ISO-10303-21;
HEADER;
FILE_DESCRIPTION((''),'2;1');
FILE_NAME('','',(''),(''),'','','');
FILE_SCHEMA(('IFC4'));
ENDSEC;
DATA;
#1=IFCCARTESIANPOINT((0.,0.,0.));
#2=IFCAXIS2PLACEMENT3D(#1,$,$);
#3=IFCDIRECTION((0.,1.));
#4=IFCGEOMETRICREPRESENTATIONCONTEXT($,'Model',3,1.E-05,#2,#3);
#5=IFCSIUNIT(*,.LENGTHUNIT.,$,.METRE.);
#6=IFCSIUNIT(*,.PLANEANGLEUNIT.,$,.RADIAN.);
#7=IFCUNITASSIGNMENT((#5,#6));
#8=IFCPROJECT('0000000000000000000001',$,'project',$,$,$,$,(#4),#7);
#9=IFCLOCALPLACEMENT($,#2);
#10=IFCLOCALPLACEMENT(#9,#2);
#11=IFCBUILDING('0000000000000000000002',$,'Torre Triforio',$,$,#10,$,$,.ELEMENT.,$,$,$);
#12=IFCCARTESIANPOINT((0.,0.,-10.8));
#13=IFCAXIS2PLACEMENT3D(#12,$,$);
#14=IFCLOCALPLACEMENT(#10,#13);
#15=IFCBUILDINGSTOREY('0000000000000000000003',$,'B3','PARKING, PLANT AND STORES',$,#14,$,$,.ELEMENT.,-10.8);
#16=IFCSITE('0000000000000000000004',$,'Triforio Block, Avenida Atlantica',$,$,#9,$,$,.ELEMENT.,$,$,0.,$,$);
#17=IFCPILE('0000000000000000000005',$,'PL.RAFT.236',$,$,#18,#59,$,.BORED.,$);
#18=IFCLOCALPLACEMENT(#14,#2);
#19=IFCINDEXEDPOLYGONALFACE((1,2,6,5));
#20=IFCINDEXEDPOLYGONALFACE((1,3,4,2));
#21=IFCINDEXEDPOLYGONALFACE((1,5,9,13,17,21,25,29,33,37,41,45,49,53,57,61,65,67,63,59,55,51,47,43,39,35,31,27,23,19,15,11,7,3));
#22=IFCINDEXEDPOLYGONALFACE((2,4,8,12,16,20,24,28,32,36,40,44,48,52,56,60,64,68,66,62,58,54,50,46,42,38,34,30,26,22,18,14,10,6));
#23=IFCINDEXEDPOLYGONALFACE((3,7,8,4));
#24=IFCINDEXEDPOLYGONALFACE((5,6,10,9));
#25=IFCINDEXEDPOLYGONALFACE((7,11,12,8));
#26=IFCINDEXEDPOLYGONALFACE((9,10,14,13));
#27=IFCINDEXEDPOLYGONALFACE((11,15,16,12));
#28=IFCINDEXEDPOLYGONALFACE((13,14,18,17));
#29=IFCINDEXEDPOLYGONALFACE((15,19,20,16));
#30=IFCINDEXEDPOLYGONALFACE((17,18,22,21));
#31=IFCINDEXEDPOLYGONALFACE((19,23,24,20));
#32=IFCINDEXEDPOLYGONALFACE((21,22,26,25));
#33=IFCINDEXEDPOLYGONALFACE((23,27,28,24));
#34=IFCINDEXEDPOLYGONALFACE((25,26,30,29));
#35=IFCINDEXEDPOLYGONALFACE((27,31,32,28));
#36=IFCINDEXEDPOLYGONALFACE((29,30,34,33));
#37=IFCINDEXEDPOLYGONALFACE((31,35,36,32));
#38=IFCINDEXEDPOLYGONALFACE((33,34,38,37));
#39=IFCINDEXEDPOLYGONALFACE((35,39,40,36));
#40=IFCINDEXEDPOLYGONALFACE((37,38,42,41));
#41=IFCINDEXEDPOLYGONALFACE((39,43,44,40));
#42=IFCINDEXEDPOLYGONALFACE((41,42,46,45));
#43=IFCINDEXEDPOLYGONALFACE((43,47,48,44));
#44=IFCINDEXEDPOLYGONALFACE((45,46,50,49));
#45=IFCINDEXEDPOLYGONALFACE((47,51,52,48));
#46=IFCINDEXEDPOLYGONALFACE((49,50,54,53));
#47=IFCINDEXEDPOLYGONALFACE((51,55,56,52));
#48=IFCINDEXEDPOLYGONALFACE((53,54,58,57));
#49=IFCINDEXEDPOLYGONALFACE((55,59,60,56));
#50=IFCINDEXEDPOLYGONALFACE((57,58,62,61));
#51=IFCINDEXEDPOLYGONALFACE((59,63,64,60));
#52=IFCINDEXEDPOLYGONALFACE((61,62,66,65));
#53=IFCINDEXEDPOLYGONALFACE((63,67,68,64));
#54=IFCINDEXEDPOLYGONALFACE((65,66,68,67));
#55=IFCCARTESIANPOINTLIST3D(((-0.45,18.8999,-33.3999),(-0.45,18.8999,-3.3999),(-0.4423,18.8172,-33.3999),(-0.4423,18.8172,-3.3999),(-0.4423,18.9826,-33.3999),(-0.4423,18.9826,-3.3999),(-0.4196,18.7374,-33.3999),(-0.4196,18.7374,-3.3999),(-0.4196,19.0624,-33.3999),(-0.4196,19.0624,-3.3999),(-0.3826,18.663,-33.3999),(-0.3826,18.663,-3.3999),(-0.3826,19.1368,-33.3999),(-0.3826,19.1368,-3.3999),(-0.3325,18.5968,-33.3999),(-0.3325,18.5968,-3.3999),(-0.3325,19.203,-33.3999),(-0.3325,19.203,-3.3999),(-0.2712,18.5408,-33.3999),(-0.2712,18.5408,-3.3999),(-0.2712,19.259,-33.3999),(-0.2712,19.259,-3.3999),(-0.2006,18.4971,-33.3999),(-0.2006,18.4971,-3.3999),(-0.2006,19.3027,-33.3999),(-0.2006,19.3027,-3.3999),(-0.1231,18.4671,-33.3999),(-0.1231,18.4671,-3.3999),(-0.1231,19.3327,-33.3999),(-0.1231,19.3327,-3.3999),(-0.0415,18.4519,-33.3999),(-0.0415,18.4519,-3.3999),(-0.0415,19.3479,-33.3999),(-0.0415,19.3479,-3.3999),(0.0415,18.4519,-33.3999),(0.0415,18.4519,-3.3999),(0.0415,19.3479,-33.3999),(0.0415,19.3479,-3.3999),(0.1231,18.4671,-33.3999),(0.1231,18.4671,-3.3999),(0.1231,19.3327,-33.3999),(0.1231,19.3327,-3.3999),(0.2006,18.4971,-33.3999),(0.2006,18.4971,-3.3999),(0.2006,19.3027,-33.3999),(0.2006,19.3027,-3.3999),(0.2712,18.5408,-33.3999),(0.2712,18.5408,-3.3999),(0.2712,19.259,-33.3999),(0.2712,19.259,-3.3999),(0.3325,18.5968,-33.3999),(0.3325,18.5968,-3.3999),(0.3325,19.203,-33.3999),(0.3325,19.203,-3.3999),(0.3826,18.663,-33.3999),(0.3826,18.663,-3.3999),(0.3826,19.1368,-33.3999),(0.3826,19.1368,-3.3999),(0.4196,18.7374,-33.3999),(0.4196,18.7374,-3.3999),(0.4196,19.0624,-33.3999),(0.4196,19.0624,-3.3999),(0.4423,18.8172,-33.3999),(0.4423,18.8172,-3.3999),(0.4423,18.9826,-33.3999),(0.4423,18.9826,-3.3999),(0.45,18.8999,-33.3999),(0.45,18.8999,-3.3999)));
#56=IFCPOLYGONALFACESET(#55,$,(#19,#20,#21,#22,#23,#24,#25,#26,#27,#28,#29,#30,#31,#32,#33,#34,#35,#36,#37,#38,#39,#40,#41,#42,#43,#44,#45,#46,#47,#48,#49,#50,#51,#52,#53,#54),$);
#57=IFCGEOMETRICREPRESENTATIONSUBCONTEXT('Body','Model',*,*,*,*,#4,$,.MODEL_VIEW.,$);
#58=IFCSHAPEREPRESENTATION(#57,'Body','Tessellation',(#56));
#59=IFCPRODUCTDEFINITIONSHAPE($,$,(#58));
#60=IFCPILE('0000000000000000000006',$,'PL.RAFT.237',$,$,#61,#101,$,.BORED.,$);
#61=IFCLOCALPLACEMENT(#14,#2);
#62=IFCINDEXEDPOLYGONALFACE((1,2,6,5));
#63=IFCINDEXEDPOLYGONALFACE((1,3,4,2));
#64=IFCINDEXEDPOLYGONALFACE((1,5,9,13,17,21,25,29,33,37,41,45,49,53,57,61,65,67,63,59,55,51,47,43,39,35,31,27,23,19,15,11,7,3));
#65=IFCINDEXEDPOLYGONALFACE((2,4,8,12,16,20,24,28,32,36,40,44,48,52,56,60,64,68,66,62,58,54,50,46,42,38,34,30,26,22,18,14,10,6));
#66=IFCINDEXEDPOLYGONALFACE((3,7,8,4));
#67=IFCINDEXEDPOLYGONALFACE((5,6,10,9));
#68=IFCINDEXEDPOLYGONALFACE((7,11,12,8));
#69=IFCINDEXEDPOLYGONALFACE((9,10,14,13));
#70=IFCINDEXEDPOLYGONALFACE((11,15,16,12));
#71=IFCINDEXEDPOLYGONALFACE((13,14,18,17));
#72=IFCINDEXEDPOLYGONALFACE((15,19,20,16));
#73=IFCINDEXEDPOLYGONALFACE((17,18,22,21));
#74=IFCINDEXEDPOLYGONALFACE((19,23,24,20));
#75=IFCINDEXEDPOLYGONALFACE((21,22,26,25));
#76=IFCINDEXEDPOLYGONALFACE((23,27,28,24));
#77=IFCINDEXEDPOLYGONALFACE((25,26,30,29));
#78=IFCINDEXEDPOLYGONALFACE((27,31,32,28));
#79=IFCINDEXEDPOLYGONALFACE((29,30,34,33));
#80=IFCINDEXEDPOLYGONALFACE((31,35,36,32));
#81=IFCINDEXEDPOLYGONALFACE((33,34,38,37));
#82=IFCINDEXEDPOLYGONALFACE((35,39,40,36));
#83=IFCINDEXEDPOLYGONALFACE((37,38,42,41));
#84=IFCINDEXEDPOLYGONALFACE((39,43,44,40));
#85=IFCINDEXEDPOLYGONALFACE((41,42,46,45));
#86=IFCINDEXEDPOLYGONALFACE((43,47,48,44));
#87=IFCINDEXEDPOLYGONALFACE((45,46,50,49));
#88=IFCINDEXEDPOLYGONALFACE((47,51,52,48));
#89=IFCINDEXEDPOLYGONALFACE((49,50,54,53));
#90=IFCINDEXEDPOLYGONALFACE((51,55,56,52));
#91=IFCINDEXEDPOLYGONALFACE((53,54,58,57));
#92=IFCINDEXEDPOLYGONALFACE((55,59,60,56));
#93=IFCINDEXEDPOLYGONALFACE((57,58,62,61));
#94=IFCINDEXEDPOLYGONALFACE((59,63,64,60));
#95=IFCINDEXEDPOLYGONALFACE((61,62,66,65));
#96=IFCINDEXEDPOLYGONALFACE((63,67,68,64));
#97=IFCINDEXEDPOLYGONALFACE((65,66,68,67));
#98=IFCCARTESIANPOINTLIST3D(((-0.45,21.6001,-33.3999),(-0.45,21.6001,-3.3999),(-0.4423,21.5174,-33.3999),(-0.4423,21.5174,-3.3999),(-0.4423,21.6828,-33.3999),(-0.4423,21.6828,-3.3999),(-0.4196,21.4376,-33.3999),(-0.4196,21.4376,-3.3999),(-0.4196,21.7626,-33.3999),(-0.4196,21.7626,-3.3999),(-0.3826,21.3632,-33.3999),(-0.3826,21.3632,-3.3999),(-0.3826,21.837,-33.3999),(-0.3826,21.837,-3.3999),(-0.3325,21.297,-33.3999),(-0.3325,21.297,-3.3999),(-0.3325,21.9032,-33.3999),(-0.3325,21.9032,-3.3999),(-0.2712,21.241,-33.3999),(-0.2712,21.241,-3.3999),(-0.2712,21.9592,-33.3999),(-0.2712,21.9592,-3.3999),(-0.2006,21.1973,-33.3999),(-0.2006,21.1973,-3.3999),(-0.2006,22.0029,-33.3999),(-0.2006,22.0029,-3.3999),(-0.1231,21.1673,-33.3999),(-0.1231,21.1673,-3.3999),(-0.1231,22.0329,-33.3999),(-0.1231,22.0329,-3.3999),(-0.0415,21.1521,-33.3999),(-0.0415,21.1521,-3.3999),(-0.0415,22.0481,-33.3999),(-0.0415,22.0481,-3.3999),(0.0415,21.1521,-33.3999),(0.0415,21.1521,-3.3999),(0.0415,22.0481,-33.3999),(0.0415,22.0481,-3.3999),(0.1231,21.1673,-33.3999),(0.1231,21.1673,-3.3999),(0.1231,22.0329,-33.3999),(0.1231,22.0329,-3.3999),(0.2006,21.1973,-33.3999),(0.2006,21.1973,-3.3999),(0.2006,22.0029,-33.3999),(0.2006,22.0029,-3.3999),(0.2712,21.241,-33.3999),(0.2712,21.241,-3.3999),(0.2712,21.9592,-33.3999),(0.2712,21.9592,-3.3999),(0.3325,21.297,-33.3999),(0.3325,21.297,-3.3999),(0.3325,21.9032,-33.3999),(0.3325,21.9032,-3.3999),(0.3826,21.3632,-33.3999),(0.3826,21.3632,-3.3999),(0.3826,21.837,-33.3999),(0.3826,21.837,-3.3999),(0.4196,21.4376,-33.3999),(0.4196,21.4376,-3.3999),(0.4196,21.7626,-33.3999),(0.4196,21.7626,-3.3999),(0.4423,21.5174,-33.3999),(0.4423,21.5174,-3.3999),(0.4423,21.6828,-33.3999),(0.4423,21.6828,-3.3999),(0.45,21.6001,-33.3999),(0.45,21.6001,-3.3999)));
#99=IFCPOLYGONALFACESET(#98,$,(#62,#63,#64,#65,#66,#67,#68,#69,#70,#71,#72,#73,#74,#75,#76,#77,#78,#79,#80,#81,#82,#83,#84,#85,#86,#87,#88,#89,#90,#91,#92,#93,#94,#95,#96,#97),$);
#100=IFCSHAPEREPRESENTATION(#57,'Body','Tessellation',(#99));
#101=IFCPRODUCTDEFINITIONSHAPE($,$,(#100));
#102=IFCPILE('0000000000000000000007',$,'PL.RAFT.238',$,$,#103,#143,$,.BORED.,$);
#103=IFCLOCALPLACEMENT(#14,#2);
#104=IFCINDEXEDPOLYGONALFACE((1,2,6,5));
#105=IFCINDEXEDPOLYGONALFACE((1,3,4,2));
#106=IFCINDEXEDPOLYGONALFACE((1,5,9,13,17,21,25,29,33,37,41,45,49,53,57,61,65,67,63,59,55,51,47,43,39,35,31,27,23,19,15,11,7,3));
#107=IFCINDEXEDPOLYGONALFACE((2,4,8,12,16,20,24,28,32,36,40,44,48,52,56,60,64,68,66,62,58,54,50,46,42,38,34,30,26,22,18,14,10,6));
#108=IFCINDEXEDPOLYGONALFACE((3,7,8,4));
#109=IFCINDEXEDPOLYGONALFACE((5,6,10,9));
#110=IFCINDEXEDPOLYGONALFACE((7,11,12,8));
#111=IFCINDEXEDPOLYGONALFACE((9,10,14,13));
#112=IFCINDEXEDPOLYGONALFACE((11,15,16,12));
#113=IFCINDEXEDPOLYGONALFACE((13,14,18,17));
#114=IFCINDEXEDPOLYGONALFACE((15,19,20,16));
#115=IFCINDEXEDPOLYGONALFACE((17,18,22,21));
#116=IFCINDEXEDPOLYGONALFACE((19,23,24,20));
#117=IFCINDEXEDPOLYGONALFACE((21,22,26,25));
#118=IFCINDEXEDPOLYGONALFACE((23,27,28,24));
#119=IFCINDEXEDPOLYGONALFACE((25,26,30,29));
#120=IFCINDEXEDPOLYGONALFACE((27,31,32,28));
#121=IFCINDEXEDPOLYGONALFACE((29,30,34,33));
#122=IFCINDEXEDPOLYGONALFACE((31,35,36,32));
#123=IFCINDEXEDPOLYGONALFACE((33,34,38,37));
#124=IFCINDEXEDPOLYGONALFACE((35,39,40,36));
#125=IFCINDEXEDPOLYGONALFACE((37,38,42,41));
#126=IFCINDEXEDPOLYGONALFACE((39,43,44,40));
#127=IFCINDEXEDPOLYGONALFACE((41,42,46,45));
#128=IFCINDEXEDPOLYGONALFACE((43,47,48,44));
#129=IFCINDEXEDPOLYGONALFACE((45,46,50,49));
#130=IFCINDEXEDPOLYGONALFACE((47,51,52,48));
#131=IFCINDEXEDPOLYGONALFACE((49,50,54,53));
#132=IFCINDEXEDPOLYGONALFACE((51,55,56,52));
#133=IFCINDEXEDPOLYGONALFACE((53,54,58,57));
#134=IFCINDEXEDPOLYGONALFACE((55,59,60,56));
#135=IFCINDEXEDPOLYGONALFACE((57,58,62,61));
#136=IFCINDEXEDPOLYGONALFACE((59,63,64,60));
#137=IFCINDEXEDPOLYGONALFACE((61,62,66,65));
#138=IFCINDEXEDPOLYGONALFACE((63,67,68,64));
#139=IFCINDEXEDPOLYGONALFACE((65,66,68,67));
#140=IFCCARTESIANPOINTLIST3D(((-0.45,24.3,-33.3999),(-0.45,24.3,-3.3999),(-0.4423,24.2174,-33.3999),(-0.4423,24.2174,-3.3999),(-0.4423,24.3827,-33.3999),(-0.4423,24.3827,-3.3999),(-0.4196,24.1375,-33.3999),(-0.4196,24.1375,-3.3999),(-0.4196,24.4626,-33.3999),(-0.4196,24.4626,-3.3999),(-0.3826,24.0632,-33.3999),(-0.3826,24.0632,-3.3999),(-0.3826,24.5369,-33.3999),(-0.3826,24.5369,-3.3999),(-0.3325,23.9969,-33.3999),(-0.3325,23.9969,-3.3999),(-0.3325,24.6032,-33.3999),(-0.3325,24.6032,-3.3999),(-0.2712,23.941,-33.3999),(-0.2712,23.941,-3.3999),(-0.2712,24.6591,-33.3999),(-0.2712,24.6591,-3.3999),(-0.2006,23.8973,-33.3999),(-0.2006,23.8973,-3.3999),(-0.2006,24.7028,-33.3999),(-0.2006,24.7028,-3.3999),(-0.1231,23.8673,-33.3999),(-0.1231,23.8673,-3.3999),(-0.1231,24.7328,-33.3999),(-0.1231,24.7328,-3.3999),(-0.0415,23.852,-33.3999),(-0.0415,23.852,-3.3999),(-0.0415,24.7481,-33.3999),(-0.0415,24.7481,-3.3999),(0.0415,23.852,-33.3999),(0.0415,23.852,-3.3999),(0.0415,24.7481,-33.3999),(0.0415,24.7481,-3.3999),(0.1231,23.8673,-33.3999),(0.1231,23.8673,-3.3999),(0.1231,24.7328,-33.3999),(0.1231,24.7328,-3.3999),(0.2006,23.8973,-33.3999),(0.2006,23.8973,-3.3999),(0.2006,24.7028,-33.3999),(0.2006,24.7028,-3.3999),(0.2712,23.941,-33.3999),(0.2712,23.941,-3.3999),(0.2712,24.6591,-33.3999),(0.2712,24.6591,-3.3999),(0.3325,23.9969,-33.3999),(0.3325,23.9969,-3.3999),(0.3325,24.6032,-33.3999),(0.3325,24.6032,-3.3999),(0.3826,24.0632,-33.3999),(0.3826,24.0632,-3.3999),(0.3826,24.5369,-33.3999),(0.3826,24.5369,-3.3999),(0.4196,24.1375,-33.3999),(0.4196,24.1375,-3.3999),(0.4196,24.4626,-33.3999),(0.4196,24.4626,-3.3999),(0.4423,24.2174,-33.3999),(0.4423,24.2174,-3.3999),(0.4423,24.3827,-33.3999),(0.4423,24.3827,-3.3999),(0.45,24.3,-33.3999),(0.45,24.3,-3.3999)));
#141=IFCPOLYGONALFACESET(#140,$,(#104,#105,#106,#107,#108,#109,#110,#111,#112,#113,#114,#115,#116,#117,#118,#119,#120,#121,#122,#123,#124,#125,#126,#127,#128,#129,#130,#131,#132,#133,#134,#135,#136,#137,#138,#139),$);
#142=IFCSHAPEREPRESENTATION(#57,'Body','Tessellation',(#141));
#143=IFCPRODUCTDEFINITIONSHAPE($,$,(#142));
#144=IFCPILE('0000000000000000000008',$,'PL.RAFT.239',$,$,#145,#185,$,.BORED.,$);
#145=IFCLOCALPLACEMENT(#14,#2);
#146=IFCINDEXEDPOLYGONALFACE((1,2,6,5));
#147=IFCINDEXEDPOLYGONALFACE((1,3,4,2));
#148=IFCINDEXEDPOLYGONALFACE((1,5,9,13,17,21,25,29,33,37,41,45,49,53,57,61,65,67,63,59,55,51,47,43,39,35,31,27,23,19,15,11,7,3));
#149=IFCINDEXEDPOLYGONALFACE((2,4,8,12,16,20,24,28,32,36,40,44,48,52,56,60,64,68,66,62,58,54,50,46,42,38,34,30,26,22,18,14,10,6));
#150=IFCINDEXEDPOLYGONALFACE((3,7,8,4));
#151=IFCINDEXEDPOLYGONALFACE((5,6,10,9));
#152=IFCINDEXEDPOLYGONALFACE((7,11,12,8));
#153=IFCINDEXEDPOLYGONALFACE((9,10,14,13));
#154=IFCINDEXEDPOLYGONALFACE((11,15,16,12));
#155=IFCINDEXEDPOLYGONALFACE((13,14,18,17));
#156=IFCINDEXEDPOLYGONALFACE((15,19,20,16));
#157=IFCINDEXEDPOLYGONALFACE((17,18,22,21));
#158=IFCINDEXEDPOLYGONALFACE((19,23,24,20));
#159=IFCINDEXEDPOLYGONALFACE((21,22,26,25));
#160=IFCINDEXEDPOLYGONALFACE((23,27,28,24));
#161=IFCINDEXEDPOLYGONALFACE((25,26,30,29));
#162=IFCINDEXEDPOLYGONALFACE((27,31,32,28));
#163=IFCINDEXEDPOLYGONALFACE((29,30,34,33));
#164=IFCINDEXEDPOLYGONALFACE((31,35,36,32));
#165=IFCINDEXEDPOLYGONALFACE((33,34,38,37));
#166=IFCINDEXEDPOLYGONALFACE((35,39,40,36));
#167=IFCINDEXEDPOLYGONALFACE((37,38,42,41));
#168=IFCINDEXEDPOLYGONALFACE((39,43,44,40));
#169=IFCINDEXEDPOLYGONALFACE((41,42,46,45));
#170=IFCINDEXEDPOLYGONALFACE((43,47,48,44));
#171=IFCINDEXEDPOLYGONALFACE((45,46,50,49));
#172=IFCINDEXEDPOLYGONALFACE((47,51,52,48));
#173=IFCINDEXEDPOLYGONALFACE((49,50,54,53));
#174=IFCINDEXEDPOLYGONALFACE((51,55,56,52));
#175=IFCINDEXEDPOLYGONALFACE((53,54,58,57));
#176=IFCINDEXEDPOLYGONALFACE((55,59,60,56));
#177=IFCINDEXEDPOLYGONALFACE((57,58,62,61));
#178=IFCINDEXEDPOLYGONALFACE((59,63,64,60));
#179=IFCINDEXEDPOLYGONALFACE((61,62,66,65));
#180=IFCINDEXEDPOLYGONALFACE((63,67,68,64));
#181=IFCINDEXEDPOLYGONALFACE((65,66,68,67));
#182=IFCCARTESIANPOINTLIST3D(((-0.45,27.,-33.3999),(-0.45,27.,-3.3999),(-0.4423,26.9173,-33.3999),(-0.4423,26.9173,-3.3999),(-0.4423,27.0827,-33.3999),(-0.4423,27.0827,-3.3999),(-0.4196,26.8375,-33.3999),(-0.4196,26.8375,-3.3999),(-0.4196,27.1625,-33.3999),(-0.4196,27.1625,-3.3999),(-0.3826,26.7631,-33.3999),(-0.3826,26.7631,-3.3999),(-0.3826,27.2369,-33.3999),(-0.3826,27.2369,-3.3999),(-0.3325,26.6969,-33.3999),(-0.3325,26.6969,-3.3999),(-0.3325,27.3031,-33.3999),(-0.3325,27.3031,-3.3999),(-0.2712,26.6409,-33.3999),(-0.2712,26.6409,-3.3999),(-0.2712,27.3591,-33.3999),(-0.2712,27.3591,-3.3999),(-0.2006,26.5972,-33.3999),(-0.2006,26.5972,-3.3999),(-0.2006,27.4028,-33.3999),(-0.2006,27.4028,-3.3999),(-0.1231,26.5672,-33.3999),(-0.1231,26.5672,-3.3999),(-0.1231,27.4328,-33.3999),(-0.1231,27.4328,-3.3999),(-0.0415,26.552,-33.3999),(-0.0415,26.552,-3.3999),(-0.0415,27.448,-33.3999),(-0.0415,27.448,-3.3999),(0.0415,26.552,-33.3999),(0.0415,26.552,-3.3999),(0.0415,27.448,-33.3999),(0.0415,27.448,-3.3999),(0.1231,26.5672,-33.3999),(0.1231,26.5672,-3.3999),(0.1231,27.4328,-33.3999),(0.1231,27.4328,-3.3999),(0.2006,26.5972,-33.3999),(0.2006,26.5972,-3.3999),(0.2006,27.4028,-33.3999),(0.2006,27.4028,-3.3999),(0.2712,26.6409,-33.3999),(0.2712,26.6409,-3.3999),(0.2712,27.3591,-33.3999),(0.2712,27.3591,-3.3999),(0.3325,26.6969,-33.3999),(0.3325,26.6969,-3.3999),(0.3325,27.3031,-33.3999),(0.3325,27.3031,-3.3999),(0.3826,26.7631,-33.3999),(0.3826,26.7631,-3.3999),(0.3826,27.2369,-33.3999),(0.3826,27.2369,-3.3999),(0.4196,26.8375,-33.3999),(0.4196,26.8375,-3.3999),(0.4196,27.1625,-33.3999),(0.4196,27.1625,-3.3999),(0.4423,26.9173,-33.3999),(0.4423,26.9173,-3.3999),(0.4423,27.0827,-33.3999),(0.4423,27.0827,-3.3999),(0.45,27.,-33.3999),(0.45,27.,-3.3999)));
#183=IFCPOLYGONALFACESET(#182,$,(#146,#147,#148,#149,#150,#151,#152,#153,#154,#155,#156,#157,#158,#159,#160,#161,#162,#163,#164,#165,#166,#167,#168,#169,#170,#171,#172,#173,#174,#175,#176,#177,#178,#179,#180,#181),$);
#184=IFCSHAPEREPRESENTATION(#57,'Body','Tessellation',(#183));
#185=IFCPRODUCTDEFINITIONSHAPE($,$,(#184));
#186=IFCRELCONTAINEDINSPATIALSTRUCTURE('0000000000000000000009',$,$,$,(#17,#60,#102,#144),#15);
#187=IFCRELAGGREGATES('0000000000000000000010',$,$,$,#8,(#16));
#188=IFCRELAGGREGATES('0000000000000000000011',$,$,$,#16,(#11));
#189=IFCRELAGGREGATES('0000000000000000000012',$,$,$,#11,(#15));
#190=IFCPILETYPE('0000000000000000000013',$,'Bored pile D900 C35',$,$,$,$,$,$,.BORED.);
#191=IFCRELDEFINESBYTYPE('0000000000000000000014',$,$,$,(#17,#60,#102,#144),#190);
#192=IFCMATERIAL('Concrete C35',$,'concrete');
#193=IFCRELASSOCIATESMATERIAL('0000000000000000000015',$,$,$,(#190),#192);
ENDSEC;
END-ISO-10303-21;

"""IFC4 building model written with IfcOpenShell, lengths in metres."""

from ifc_helpers import new_model, si_unit, direction, frame, origin, origin_2d, place, context, subcontext, project, spatial, circle, extrude, material, material_profile, profile_set, type_object, element, save


model = new_model("IFC4")

# Units and contexts
model_context = context("Model", 3, precision=1e-05, world=origin(), true_north=direction((0.0, 1.0)))
body_context = subcontext(model_context, "Body", "Model", "MODEL_VIEW")
ifc_project = project(units=[si_unit("LENGTHUNIT", "METRE"), si_unit("PLANEANGLEUNIT", "RADIAN")], contexts=[model_context])

# Site, building, storey
site_placement = place(None, origin())
site = spatial("IfcSite", under=ifc_project, at=site_placement, Name="Triforio Block, Avenida Atlantica", CompositionType="ELEMENT", RefElevation=0.0)
building_placement = place(site_placement, origin())
building = spatial("IfcBuilding", under=site, at=building_placement, Name="Torre Triforio", CompositionType="ELEMENT")
storey_placement = place(building_placement, frame((0.0, 0.0, -10.8)))
storey = spatial("IfcBuildingStorey", under=building, at=storey_placement, Name="B3", Description="PARKING, PLANT AND STORES", CompositionType="ELEMENT", Elevation=-10.8)

# Piles
ifc_material_1 = material(Name="Concrete C35", Category="concrete")
ifc_material_profile_1 = material_profile(ifc_material_1, circle(Radius=0.45, at=origin_2d()), Name="RC D900")
ifc_profile_set_1 = profile_set([ifc_material_profile_1], Name="Concrete C35")
pile_type = type_object("IfcPileType", Name="Bored pile D900 C35", PredefinedType="BORED", material=ifc_profile_set_1)
for number, where, z_axis, x_axis, name in (
    (1, (0.0, 18.8999, -3.3999), (0.0, 0.0, -1.0), (1.0, 0.0, 0.0), "PL.RAFT.236"),
    (2, (0.0, 21.6001, -3.3999), (0.0, 0.0, -1.0), (1.0, 0.0, 0.0), "PL.RAFT.237"),
    (3, (0.0, 24.3, -3.3999), (0.0, 0.0, -1.0), (1.0, 0.0, 0.0), "PL.RAFT.238"),
    (4, (0.0, 27.0, -3.3999), (0.0, 0.0, -1.0), (1.0, 0.0, 0.0), "PL.RAFT.239"),
):
    element("IfcPile", number, at=place(storey_placement, frame(where, z_axis=z_axis, x_axis=x_axis)), inside=storey, type_object=pile_type, Name=name, PredefinedType="BORED", context=body_context, shape_type="SweptSolid", body=[
        extrude(circle(Radius=0.45, at=origin_2d()), origin(), (0.0, 0.0, 1.0), 30.0),
    ])

save(model, "model.ifc")
